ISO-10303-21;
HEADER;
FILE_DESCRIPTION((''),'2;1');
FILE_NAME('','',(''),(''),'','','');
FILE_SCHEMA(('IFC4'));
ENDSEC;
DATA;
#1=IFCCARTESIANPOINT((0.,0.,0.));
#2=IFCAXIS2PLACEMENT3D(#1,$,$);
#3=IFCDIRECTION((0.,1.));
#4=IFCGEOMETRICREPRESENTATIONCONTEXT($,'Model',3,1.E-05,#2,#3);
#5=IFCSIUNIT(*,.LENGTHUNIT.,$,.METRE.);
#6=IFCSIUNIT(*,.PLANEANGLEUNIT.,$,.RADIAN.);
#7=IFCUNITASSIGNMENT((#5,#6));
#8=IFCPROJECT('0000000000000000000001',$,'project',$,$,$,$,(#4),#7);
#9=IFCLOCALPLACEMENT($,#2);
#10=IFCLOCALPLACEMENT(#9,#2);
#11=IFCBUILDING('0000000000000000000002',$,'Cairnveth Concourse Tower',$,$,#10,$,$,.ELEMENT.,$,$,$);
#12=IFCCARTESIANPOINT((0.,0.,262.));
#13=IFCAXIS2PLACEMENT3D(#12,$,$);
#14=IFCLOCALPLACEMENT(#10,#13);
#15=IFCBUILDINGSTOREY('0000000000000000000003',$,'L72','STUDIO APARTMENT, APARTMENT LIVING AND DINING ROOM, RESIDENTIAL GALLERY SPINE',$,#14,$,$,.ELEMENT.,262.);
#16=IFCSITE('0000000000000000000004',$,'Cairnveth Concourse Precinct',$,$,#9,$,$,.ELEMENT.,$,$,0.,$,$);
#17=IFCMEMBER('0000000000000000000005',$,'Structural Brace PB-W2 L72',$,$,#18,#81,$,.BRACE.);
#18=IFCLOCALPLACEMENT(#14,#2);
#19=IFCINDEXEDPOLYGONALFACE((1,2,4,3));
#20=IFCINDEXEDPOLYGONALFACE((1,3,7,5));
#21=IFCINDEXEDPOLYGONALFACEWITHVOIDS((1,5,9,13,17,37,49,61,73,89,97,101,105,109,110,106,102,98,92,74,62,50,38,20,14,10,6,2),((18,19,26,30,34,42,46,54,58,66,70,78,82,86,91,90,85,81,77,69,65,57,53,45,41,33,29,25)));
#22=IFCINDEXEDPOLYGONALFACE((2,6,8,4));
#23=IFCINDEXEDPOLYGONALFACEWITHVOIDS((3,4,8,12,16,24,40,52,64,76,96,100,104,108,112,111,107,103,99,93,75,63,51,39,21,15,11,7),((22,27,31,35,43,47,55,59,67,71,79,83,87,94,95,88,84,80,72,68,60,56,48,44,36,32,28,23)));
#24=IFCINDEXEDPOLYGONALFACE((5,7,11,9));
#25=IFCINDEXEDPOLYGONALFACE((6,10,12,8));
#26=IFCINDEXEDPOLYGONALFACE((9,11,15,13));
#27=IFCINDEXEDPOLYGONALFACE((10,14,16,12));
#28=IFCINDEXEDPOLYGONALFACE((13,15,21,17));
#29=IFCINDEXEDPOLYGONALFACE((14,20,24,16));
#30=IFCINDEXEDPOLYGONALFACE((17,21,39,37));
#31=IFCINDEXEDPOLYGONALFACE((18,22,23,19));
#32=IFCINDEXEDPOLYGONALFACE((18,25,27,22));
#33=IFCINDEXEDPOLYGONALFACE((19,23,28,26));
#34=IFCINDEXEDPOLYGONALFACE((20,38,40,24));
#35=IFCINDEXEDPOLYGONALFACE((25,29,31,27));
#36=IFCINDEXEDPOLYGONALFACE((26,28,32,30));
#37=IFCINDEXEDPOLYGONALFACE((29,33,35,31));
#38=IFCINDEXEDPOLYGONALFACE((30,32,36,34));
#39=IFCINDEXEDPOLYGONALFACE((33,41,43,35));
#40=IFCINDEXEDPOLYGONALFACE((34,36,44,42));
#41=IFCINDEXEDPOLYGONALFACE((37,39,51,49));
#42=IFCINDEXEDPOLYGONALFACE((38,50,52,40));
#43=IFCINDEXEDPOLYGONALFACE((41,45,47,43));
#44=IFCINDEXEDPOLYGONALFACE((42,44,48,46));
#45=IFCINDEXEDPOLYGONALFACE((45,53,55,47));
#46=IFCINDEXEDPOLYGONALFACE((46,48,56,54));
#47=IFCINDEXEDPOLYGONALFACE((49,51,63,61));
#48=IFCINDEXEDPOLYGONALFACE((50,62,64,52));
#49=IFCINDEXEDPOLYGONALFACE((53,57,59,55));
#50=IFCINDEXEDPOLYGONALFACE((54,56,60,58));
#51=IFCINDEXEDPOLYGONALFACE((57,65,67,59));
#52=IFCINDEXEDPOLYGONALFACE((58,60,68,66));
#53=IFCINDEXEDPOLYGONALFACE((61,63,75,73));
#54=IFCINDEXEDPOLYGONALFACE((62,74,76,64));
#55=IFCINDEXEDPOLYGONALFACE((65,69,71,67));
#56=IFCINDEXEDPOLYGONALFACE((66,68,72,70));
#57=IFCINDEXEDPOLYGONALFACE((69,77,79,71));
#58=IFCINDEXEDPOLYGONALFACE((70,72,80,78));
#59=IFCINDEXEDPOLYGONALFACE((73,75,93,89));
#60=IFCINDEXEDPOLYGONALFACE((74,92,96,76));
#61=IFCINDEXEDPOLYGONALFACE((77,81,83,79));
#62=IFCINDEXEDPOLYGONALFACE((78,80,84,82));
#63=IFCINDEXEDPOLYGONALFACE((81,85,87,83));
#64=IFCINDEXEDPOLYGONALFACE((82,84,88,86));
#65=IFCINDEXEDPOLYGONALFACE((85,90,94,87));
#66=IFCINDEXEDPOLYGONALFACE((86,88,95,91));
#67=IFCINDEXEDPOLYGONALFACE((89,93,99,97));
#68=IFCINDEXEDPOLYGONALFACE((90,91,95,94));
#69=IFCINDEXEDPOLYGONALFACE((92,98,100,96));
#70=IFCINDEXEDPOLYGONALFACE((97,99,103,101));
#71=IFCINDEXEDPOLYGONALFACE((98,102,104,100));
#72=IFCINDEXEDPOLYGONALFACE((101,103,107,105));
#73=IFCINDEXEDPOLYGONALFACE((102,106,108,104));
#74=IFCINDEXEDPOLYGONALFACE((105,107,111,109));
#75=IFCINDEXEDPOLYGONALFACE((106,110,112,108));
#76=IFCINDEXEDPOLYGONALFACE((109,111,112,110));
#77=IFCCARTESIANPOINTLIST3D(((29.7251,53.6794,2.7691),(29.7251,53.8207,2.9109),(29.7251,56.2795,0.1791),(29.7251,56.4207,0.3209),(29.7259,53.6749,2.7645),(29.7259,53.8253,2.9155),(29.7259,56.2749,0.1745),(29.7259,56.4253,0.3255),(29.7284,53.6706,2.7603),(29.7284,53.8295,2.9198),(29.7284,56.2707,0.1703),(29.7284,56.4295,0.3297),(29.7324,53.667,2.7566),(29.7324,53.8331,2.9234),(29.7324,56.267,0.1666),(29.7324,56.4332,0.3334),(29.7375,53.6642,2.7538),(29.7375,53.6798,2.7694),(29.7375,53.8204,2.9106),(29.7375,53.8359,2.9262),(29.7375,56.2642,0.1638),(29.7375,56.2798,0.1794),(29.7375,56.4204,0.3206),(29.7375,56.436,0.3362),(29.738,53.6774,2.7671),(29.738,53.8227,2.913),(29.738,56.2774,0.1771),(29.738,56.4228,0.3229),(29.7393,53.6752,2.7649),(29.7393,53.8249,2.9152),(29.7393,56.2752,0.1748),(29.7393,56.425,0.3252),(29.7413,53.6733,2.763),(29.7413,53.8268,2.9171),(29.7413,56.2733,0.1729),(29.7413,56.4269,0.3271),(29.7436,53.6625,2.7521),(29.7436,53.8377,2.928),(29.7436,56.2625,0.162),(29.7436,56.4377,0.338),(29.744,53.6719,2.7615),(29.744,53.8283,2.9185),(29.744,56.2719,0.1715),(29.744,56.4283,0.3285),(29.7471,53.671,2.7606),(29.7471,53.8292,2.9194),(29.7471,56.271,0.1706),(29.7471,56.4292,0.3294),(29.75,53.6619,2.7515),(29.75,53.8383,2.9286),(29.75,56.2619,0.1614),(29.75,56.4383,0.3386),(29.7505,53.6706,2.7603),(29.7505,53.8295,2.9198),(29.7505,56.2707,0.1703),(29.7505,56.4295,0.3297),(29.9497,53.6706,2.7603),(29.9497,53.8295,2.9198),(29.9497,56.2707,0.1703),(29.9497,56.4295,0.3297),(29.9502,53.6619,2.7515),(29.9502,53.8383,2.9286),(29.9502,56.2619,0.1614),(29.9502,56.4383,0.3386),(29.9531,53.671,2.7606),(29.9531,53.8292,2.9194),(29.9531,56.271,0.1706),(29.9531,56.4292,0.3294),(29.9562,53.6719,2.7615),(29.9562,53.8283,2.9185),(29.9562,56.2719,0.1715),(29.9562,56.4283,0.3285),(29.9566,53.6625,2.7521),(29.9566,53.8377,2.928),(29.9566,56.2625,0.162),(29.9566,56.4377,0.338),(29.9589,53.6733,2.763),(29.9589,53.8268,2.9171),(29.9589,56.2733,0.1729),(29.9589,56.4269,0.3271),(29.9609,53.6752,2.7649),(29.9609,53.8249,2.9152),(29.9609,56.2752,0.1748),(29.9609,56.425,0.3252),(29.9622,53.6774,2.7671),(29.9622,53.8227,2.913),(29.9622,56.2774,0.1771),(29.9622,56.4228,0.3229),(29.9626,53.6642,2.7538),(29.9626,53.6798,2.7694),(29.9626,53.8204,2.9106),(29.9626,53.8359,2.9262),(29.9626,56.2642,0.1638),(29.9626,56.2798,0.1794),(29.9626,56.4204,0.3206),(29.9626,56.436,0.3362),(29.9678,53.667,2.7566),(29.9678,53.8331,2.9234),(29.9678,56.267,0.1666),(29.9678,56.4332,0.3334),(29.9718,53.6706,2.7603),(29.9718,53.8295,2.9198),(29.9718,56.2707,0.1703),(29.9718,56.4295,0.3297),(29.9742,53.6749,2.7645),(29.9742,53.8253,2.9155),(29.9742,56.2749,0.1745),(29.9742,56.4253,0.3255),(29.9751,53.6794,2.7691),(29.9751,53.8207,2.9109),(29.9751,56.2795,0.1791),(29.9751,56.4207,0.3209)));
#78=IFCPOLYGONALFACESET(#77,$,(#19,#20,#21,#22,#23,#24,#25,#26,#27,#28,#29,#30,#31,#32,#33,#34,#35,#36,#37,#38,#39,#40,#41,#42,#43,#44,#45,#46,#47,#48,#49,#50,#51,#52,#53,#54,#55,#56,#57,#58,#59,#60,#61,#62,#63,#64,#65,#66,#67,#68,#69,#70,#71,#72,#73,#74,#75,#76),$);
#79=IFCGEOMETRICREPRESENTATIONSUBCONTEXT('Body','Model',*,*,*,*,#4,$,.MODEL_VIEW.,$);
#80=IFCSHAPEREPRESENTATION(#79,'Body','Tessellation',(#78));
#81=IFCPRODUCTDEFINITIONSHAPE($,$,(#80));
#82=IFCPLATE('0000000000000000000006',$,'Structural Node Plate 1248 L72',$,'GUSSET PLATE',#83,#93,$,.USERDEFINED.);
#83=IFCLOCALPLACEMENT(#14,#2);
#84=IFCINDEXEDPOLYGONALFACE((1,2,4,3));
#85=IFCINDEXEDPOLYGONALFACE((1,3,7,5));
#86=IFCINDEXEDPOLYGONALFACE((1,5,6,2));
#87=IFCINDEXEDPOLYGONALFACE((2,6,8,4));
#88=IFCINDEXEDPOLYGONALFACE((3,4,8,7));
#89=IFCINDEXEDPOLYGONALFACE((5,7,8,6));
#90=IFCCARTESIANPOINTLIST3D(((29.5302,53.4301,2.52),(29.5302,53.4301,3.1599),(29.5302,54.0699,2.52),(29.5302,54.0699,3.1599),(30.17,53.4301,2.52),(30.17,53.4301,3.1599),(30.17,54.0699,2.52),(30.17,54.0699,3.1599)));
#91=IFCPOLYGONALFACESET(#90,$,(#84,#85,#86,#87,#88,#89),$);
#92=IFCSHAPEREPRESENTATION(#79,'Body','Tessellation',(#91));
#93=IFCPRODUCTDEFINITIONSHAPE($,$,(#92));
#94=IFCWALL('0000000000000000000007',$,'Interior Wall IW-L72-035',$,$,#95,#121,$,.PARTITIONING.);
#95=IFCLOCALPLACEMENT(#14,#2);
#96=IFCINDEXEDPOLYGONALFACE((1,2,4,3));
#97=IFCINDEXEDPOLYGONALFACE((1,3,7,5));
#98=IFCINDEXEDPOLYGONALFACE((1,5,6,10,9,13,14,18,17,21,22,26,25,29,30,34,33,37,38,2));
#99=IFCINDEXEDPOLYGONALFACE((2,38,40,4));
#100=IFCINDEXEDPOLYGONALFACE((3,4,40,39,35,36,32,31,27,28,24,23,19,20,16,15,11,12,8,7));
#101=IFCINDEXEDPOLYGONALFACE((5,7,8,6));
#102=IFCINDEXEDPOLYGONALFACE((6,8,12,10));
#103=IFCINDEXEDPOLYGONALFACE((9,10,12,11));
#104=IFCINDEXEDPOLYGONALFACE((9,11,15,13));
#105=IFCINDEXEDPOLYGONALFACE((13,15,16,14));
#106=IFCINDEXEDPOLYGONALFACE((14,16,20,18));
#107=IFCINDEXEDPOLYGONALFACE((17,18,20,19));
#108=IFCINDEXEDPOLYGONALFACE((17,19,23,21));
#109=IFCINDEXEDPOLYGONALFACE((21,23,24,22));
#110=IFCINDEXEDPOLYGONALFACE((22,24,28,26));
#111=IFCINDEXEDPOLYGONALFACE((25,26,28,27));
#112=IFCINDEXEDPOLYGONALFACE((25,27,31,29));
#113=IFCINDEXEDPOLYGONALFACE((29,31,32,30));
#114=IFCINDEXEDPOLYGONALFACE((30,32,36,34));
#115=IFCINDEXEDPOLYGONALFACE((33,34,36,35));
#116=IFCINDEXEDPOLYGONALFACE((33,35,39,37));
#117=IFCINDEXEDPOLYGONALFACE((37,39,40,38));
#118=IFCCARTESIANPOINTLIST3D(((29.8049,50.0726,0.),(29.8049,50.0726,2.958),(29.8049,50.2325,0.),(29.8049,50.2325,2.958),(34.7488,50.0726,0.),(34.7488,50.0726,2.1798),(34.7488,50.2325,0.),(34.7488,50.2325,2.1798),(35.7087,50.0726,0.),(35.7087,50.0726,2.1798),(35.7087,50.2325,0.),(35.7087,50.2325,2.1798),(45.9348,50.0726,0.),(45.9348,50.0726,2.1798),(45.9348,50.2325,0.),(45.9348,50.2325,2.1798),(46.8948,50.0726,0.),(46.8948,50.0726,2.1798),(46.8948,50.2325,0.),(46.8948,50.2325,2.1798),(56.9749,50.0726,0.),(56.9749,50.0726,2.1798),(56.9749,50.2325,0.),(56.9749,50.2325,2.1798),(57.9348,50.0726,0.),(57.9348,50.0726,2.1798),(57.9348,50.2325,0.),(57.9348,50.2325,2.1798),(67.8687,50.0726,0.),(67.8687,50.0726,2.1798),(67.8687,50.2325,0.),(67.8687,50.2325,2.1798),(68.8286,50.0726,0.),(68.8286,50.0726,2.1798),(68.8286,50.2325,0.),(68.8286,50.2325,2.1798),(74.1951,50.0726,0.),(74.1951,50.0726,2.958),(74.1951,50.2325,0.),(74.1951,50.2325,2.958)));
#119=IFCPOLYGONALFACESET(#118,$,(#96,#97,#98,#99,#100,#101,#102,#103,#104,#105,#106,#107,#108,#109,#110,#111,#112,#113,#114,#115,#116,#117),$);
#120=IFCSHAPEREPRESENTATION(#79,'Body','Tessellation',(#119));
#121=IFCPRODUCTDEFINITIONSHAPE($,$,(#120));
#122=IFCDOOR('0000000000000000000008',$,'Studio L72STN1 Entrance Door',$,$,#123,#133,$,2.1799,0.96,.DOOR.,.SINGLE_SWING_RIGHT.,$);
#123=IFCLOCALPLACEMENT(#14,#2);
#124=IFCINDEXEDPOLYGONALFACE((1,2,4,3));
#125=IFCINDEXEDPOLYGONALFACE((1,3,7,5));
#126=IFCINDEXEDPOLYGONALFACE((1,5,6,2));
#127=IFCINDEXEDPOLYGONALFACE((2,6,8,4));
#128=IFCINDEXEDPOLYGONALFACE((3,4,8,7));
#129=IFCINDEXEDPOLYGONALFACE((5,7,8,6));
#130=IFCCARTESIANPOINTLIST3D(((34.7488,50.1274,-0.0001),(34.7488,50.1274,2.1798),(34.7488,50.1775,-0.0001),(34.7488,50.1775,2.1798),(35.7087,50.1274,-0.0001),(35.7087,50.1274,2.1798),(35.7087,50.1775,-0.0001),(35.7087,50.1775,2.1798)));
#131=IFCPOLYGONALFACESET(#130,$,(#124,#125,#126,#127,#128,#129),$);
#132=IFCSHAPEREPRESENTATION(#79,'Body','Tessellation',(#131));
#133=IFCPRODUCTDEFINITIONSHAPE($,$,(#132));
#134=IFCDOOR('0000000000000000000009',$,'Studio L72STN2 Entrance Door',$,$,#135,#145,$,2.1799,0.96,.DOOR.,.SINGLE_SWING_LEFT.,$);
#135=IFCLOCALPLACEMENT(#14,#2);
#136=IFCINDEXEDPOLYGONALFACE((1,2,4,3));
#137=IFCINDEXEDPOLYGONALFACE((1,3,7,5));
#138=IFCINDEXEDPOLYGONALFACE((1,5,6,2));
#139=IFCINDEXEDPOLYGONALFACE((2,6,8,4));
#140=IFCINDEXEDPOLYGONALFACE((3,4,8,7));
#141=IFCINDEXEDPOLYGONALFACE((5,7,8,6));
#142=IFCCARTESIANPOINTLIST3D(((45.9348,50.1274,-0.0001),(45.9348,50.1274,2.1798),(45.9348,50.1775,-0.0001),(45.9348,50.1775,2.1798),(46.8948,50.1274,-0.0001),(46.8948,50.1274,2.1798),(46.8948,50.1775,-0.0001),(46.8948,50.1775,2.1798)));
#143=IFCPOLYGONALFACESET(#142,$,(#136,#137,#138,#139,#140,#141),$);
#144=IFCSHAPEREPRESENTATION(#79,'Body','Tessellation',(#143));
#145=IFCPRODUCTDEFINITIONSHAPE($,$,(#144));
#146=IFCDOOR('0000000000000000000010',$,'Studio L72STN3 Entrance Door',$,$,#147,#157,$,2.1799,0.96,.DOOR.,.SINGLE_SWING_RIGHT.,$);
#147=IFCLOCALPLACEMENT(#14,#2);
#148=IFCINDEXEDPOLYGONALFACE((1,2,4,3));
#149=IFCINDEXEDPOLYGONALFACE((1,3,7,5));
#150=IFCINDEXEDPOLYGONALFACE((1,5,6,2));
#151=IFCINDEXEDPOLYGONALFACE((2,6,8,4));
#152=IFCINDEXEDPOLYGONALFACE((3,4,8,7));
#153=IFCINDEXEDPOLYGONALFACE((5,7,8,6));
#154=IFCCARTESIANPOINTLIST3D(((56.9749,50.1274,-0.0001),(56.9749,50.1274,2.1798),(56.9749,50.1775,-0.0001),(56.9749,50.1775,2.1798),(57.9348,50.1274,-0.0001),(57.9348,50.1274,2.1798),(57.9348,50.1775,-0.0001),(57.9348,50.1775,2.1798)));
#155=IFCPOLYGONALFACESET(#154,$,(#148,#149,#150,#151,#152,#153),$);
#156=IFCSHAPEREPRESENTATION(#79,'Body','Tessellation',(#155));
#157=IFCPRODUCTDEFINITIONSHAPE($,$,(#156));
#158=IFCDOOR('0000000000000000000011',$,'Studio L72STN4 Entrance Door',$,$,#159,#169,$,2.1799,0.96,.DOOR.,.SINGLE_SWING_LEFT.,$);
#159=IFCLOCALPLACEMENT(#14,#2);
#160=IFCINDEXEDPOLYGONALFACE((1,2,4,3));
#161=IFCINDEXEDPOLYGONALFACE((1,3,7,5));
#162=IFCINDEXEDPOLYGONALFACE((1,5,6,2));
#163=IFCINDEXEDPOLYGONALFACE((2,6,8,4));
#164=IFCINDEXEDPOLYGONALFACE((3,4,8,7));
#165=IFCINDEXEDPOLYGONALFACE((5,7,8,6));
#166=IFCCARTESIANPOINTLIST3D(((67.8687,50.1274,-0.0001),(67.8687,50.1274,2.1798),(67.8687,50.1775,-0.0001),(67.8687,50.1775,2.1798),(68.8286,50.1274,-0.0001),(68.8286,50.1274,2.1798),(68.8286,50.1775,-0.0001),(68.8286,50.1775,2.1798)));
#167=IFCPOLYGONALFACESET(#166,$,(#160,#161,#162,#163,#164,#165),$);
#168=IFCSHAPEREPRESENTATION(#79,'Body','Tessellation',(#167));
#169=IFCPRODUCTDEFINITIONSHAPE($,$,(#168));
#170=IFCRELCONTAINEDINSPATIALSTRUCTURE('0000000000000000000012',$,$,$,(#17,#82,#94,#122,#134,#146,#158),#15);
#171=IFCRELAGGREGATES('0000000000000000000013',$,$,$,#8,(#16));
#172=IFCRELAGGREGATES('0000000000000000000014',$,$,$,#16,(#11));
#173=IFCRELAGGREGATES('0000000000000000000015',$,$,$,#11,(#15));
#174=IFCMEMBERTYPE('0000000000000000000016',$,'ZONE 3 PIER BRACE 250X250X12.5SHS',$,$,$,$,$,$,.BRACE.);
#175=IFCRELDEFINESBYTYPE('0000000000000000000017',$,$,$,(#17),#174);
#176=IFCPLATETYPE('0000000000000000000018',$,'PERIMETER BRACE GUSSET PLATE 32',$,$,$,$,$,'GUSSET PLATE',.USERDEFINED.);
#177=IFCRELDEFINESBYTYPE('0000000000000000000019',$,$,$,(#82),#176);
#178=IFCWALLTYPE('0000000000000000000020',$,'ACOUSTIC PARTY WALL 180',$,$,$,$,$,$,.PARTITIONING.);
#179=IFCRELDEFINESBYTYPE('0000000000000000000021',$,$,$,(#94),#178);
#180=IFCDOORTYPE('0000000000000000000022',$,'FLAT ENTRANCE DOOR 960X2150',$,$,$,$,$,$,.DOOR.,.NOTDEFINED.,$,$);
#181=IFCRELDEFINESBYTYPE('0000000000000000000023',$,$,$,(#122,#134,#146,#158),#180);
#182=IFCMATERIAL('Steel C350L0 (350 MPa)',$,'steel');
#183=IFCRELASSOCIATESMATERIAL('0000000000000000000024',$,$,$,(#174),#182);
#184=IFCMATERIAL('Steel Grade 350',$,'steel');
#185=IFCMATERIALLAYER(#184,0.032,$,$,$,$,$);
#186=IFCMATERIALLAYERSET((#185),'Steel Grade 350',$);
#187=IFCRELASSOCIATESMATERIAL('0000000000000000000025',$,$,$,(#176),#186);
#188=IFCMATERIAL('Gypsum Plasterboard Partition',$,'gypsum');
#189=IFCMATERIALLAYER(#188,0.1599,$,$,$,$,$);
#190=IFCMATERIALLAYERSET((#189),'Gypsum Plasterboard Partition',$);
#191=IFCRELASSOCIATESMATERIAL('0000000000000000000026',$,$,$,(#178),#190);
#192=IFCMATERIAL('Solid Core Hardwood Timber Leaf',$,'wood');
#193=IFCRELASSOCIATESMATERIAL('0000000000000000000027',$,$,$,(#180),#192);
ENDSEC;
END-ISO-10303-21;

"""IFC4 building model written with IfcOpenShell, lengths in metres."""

from ifc_helpers import new_model, si_unit, direction, frame, frame_2d, origin, origin_2d, place, context, subcontext, project, spatial, rectangle, hollow_rectangle, extrude, material, layer, layer_set, material_profile, profile_set, type_object, element, fill, save


model = new_model("IFC4")

# Units and contexts
model_context = context("Model", 3, precision=1e-05, world=origin(), true_north=direction((0.0, 1.0)))
body_context = subcontext(model_context, "Body", "Model", "MODEL_VIEW")
ifc_project = project(units=[si_unit("LENGTHUNIT", "METRE"), si_unit("PLANEANGLEUNIT", "RADIAN")], contexts=[model_context])

# Site, building, storey
site_placement = place(None, origin())
site = spatial("IfcSite", under=ifc_project, at=site_placement, Name="Cairnveth Concourse Precinct", CompositionType="ELEMENT", RefElevation=0.0)
building_placement = place(site_placement, origin())
building = spatial("IfcBuilding", under=site, at=building_placement, Name="Cairnveth Concourse Tower", CompositionType="ELEMENT")
storey_placement = place(building_placement, frame((0.0, 0.0, 262.0)))
storey = spatial("IfcBuildingStorey", under=building, at=storey_placement, Name="L72", Description="STUDIO APARTMENT, APARTMENT LIVING AND DINING ROOM, RESIDENTIAL GALLERY SPINE", CompositionType="ELEMENT", Elevation=262.0)

# Member
ifc_material_1 = material(Name="Steel C350L0 (350 MPa)", Category="steel")
ifc_material_profile = material_profile(ifc_material_1, hollow_rectangle(XDim=0.25, YDim=0.25, WallThickness=0.0125, InnerFilletRadius=0.0129, OuterFilletRadius=0.0249, at=origin_2d()), Name="250x250x12.5SHS")
ifc_profile_set = profile_set([ifc_material_profile], Name="Steel C350L0 (350 MPa)")
member_type = type_object("IfcMemberType", Name="ZONE 3 PIER BRACE 250X250X12.5SHS", PredefinedType="BRACE", material=ifc_profile_set)
member_placement = place(storey_placement, frame((29.8501, 56.3501, 0.25), z_axis=(0.0, -0.708469, 0.705742), x_axis=(1.0, 0.0, 0.0)))
element("IfcMember", 1, at=member_placement, inside=storey, type_object=member_type, Name="Structural Brace PB-W2 L72", PredefinedType="BRACE", context=body_context, shape_type="SweptSolid", body=[
    extrude(hollow_rectangle(XDim=0.25, YDim=0.25, WallThickness=0.0125, InnerFilletRadius=0.0129, OuterFilletRadius=0.0249, at=origin_2d()), origin(), (0.0, 0.0, 1.0), 3.6699),
])

# Plate
ifc_material_2 = material(Name="Steel Grade 350", Category="steel")
ifc_layer_1 = layer(ifc_material_2, 0.032)
ifc_layer_set_1 = layer_set([ifc_layer_1], Name="Steel Grade 350")
plate_type = type_object("IfcPlateType", Name="PERIMETER BRACE GUSSET PLATE 32", ElementType="GUSSET PLATE", PredefinedType="USERDEFINED", material=ifc_layer_set_1)
plate_placement = place(storey_placement, frame((29.8501, 53.75, 2.52), z_axis=(0.0, 0.0, 1.0), x_axis=(1.0, 0.0, 0.0)))
element("IfcPlate", 2, at=plate_placement, inside=storey, type_object=plate_type, Name="Structural Node Plate 1248 L72", ObjectType="GUSSET PLATE", PredefinedType="USERDEFINED", context=body_context, shape_type="SweptSolid", body=[
    extrude(rectangle(XDim=0.6399, YDim=0.6399, at=origin_2d()), origin(), (0.0, 0.0, 1.0), 0.6399),
])

# Wall, openings, doors
ifc_material_3 = material(Name="Gypsum Plasterboard Partition", Category="gypsum")
ifc_layer_2 = layer(ifc_material_3, 0.1599)
ifc_layer_set_2 = layer_set([ifc_layer_2], Name="Gypsum Plasterboard Partition")
wall_type_1 = type_object("IfcWallType", Name="ACOUSTIC PARTY WALL 180", PredefinedType="PARTITIONING", material=ifc_layer_set_2)
wall_1_placement = place(storey_placement, frame((29.8049, 50.1526, 0.0), z_axis=(0.0, 0.0, 1.0), x_axis=(1.0, 0.0, 0.0)))
wall_1 = element("IfcWall", 3, at=wall_1_placement, inside=storey, type_object=wall_type_1, Name="Interior Wall IW-L72-035", PredefinedType="PARTITIONING", context=body_context, shape_type="SweptSolid", body=[
    extrude(rectangle(XDim=44.3901, YDim=0.1599, at=frame_2d((22.1951, 0.0))), origin(), (0.0, 0.0, 1.0), 2.958),
])
opening_1_placement = place(wall_1_placement, frame((4.9438, 0.0, 0.0)))
opening_1 = element("IfcOpeningElement", 4, at=opening_1_placement, cuts=wall_1, PredefinedType="OPENING", context=body_context, shape_type="SweptSolid", body=[
    extrude(rectangle(XDim=0.96, YDim=2.1799, at=frame_2d((0.48, 1.0898))), frame((0.0, 0.0898, 0.0), z_axis=(0.0, -1.0, 0.0), x_axis=(1.0, 0.0, 0.0)), (0.0, 0.0, 1.0), 0.1799),
])
opening_2_placement = place(wall_1_placement, frame((16.1299, 0.0, 0.0)))
opening_2 = element("IfcOpeningElement", 5, at=opening_2_placement, cuts=wall_1, PredefinedType="OPENING", context=body_context, shape_type="SweptSolid", body=[
    extrude(rectangle(XDim=0.96, YDim=2.1799, at=frame_2d((0.48, 1.0898))), frame((0.0, 0.0898, 0.0), z_axis=(0.0, -1.0, 0.0), x_axis=(1.0, 0.0, 0.0)), (0.0, 0.0, 1.0), 0.1799),
])
opening_3_placement = place(wall_1_placement, frame((27.1699, 0.0, 0.0)))
opening_3 = element("IfcOpeningElement", 6, at=opening_3_placement, cuts=wall_1, PredefinedType="OPENING", context=body_context, shape_type="SweptSolid", body=[
    extrude(rectangle(XDim=0.96, YDim=2.1799, at=frame_2d((0.48, 1.0898))), frame((0.0, 0.0898, 0.0), z_axis=(0.0, -1.0, 0.0), x_axis=(1.0, 0.0, 0.0)), (0.0, 0.0, 1.0), 0.1799),
])
opening_4_placement = place(wall_1_placement, frame((38.0637, 0.0, 0.0)))
opening_4 = element("IfcOpeningElement", 7, at=opening_4_placement, cuts=wall_1, PredefinedType="OPENING", context=body_context, shape_type="SweptSolid", body=[
    extrude(rectangle(XDim=0.96, YDim=2.1799, at=frame_2d((0.48, 1.0898))), frame((0.0, 0.0898, 0.0), z_axis=(0.0, -1.0, 0.0), x_axis=(1.0, 0.0, 0.0)), (0.0, 0.0, 1.0), 0.1799),
])
ifc_material_4 = material(Name="Solid Core Hardwood Timber Leaf", Category="wood")
door_type_1 = type_object("IfcDoorType", Name="FLAT ENTRANCE DOOR 960X2150", OperationType="NOTDEFINED", PredefinedType="DOOR", material=ifc_material_4)
door_1_placement = place(opening_1_placement, origin())
door_1 = element("IfcDoor", 8, at=door_1_placement, inside=storey, type_object=door_type_1, Name="Studio L72STN1 Entrance Door", OperationType="SINGLE_SWING_RIGHT", OverallHeight=2.1799, OverallWidth=0.96, PredefinedType="DOOR", context=body_context, shape_type="SweptSolid", body=[
    extrude(rectangle(XDim=0.96, YDim=2.1799, at=frame_2d((0.48, 1.0898))), frame((0.0, 0.0249, 0.0), z_axis=(0.0, -1.0, 0.0), x_axis=(1.0, 0.0, 0.0)), (0.0, 0.0, 1.0), 0.05),
])
fill(opening_1, door_1)
door_2_placement = place(opening_2_placement, origin())
door_2 = element("IfcDoor", 9, at=door_2_placement, inside=storey, type_object=door_type_1, Name="Studio L72STN2 Entrance Door", OperationType="SINGLE_SWING_LEFT", OverallHeight=2.1799, OverallWidth=0.96, PredefinedType="DOOR", context=body_context, shape_type="SweptSolid", body=[
    extrude(rectangle(XDim=0.96, YDim=2.1799, at=frame_2d((0.48, 1.0898))), frame((0.0, 0.0249, 0.0), z_axis=(0.0, -1.0, 0.0), x_axis=(1.0, 0.0, 0.0)), (0.0, 0.0, 1.0), 0.05),
])
fill(opening_2, door_2)
door_3_placement = place(opening_3_placement, origin())
door_3 = element("IfcDoor", 10, at=door_3_placement, inside=storey, type_object=door_type_1, Name="Studio L72STN3 Entrance Door", OperationType="SINGLE_SWING_RIGHT", OverallHeight=2.1799, OverallWidth=0.96, PredefinedType="DOOR", context=body_context, shape_type="SweptSolid", body=[
    extrude(rectangle(XDim=0.96, YDim=2.1799, at=frame_2d((0.48, 1.0898))), frame((0.0, 0.0249, 0.0), z_axis=(0.0, -1.0, 0.0), x_axis=(1.0, 0.0, 0.0)), (0.0, 0.0, 1.0), 0.05),
])
fill(opening_3, door_3)
door_4_placement = place(opening_4_placement, origin())
door_4 = element("IfcDoor", 11, at=door_4_placement, inside=storey, type_object=door_type_1, Name="Studio L72STN4 Entrance Door", OperationType="SINGLE_SWING_LEFT", OverallHeight=2.1799, OverallWidth=0.96, PredefinedType="DOOR", context=body_context, shape_type="SweptSolid", body=[
    extrude(rectangle(XDim=0.96, YDim=2.1799, at=frame_2d((0.48, 1.0898))), frame((0.0, 0.0249, 0.0), z_axis=(0.0, -1.0, 0.0), x_axis=(1.0, 0.0, 0.0)), (0.0, 0.0, 1.0), 0.05),
])
fill(opening_4, door_4)

save(model, "model.ifc")
